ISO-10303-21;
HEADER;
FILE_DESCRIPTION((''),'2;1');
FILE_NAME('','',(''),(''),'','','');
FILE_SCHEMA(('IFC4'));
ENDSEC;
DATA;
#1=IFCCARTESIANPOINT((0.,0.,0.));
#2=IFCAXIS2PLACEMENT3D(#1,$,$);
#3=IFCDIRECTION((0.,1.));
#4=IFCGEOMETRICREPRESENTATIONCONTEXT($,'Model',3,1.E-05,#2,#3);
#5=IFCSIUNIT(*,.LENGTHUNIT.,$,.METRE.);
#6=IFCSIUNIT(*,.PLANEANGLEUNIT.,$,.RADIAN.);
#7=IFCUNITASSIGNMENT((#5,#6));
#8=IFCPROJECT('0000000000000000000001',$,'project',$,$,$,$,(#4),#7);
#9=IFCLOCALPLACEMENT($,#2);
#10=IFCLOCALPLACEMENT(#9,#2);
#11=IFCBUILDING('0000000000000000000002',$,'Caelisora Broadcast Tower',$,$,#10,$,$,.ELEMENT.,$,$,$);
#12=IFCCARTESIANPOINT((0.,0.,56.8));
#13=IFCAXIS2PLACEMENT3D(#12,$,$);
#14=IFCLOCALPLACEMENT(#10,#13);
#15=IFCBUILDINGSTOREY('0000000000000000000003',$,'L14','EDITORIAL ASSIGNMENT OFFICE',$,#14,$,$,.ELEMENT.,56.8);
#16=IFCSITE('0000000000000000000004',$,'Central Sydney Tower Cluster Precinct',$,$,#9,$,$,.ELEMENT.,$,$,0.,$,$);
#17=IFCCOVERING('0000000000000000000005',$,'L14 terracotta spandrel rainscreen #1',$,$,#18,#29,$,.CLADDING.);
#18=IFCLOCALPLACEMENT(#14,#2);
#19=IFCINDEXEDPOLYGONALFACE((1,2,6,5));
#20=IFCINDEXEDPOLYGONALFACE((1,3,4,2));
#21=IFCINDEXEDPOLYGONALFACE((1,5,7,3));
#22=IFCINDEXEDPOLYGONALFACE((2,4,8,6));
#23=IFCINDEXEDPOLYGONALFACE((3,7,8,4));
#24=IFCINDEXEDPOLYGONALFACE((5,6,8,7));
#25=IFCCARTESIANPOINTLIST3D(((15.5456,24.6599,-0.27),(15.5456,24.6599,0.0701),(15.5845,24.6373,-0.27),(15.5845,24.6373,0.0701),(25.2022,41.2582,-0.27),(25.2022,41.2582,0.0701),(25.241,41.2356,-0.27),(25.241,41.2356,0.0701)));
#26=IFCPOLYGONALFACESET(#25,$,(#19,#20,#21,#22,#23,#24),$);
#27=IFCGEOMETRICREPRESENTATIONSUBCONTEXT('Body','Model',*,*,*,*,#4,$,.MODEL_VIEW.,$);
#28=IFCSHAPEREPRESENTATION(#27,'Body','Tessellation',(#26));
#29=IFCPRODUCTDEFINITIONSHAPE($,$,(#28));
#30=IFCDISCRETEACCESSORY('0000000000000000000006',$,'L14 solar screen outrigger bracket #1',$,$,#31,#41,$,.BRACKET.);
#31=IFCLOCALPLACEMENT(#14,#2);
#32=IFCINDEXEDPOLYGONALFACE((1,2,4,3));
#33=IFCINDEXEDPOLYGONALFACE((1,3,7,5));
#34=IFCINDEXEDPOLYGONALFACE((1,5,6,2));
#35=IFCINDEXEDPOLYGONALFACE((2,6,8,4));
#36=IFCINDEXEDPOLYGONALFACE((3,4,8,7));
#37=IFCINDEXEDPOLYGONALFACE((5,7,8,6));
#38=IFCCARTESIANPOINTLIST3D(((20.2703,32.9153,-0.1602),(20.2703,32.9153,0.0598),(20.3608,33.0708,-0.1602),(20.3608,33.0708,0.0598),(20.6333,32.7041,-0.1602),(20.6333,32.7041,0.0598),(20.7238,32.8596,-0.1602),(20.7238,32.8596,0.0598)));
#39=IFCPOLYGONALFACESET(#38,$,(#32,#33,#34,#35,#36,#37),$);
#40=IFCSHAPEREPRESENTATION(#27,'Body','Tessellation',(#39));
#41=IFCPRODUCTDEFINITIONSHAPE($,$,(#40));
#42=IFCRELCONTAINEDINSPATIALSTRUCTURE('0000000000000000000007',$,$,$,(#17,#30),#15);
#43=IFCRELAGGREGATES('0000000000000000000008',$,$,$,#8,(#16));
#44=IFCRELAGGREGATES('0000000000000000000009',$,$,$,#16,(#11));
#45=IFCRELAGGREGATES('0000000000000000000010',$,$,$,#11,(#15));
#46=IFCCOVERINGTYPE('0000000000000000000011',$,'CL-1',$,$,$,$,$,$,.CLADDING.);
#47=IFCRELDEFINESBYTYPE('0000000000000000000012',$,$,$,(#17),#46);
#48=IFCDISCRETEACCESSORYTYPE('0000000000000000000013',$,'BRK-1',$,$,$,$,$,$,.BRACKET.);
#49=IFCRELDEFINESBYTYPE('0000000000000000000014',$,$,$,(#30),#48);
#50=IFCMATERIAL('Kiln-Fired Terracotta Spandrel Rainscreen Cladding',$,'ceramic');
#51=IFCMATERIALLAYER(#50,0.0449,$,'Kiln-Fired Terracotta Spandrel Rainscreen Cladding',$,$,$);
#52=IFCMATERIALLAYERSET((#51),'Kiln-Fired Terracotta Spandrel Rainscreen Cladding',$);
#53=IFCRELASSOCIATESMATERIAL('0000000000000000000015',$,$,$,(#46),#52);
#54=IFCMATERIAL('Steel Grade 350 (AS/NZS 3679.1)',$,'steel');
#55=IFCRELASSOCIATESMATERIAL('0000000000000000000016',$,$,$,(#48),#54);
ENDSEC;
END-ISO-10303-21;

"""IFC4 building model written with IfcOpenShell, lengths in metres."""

from ifc_helpers import new_model, si_unit, direction, frame, origin, origin_2d, place, context, subcontext, project, spatial, rectangle, extrude, source, transform, mapped, material, layer, layer_set, type_object, type_shapes, element, save


model = new_model("IFC4")

# Units and contexts
model_context = context("Model", 3, precision=1e-05, world=origin(), true_north=direction((0.0, 1.0)))
body_context = subcontext(model_context, "Body", "Model", "MODEL_VIEW")
ifc_project = project(units=[si_unit("LENGTHUNIT", "METRE"), si_unit("PLANEANGLEUNIT", "RADIAN")], contexts=[model_context])

# Site, building, storey
site_placement = place(None, origin())
site = spatial("IfcSite", under=ifc_project, at=site_placement, Name="Central Sydney Tower Cluster Precinct", CompositionType="ELEMENT", RefElevation=0.0)
building_placement = place(site_placement, origin())
building = spatial("IfcBuilding", under=site, at=building_placement, Name="Caelisora Broadcast Tower", CompositionType="ELEMENT")
storey_placement = place(building_placement, frame((0.0, 0.0, 56.8)))
storey = spatial("IfcBuildingStorey", under=building, at=storey_placement, Name="L14", Description="EDITORIAL ASSIGNMENT OFFICE", CompositionType="ELEMENT", Elevation=56.8)

# Shared definitions
ifc_material_1 = material(Name="Steel Grade 350 (AS/NZS 3679.1)", Category="steel")

# Covering
ifc_material_2 = material(Name="Kiln-Fired Terracotta Spandrel Rainscreen Cladding", Category="ceramic")
ifc_layer_1 = layer(ifc_material_2, 0.0449, Name="Kiln-Fired Terracotta Spandrel Rainscreen Cladding")
ifc_layer_set_1 = layer_set([ifc_layer_1], Name="Kiln-Fired Terracotta Spandrel Rainscreen Cladding")
covering_type = type_object("IfcCoveringType", Name="CL-1", PredefinedType="CLADDING", material=ifc_layer_set_1)
shared_shape_1 = source(origin(), body_context, "Body", "SweptSolid", [
    extrude(rectangle(XDim=19.2029, YDim=0.0449, at=origin_2d()), origin(), (0.0, 0.0, 1.0), 0.3401),
])
type_shapes(covering_type, [shared_shape_1])
covering_placement = place(storey_placement, frame((20.3933, 32.9478, -0.27), z_axis=(0.0, 0.0, 1.0), x_axis=(-0.502869, -0.864363, 0.0)))
element("IfcCovering", 1, at=covering_placement, inside=storey, type_object=covering_type, Name="L14 terracotta spandrel rainscreen #1", PredefinedType="CLADDING", context=body_context, shape_type="MappedRepresentation", body=[
    mapped(shared_shape_1, transform((0.0, 0.0, 0.0), scale=1.0)),
])

# Discrete accessory
discrete_accessory_type = type_object("IfcDiscreteAccessoryType", Name="BRK-1", PredefinedType="BRACKET", material=ifc_material_1)
shared_shape_2 = source(origin(), body_context, "Body", "SweptSolid", [
    extrude(rectangle(XDim=0.1799, YDim=0.4199, at=origin_2d()), origin(), (0.0, 0.0, 1.0), 0.22),
])
type_shapes(discrete_accessory_type, [shared_shape_2])
discrete_accessory_placement = place(storey_placement, frame((20.4971, 32.8875, -0.1602), z_axis=(0.0, 0.0, 1.0), x_axis=(-0.502869, -0.864363, 0.0)))
element("IfcDiscreteAccessory", 2, at=discrete_accessory_placement, inside=storey, type_object=discrete_accessory_type, Name="L14 solar screen outrigger bracket #1", PredefinedType="BRACKET", context=body_context, shape_type="MappedRepresentation", body=[
    mapped(shared_shape_2, transform((0.0, 0.0, 0.0), scale=1.0)),
])

save(model, "model.ifc")
